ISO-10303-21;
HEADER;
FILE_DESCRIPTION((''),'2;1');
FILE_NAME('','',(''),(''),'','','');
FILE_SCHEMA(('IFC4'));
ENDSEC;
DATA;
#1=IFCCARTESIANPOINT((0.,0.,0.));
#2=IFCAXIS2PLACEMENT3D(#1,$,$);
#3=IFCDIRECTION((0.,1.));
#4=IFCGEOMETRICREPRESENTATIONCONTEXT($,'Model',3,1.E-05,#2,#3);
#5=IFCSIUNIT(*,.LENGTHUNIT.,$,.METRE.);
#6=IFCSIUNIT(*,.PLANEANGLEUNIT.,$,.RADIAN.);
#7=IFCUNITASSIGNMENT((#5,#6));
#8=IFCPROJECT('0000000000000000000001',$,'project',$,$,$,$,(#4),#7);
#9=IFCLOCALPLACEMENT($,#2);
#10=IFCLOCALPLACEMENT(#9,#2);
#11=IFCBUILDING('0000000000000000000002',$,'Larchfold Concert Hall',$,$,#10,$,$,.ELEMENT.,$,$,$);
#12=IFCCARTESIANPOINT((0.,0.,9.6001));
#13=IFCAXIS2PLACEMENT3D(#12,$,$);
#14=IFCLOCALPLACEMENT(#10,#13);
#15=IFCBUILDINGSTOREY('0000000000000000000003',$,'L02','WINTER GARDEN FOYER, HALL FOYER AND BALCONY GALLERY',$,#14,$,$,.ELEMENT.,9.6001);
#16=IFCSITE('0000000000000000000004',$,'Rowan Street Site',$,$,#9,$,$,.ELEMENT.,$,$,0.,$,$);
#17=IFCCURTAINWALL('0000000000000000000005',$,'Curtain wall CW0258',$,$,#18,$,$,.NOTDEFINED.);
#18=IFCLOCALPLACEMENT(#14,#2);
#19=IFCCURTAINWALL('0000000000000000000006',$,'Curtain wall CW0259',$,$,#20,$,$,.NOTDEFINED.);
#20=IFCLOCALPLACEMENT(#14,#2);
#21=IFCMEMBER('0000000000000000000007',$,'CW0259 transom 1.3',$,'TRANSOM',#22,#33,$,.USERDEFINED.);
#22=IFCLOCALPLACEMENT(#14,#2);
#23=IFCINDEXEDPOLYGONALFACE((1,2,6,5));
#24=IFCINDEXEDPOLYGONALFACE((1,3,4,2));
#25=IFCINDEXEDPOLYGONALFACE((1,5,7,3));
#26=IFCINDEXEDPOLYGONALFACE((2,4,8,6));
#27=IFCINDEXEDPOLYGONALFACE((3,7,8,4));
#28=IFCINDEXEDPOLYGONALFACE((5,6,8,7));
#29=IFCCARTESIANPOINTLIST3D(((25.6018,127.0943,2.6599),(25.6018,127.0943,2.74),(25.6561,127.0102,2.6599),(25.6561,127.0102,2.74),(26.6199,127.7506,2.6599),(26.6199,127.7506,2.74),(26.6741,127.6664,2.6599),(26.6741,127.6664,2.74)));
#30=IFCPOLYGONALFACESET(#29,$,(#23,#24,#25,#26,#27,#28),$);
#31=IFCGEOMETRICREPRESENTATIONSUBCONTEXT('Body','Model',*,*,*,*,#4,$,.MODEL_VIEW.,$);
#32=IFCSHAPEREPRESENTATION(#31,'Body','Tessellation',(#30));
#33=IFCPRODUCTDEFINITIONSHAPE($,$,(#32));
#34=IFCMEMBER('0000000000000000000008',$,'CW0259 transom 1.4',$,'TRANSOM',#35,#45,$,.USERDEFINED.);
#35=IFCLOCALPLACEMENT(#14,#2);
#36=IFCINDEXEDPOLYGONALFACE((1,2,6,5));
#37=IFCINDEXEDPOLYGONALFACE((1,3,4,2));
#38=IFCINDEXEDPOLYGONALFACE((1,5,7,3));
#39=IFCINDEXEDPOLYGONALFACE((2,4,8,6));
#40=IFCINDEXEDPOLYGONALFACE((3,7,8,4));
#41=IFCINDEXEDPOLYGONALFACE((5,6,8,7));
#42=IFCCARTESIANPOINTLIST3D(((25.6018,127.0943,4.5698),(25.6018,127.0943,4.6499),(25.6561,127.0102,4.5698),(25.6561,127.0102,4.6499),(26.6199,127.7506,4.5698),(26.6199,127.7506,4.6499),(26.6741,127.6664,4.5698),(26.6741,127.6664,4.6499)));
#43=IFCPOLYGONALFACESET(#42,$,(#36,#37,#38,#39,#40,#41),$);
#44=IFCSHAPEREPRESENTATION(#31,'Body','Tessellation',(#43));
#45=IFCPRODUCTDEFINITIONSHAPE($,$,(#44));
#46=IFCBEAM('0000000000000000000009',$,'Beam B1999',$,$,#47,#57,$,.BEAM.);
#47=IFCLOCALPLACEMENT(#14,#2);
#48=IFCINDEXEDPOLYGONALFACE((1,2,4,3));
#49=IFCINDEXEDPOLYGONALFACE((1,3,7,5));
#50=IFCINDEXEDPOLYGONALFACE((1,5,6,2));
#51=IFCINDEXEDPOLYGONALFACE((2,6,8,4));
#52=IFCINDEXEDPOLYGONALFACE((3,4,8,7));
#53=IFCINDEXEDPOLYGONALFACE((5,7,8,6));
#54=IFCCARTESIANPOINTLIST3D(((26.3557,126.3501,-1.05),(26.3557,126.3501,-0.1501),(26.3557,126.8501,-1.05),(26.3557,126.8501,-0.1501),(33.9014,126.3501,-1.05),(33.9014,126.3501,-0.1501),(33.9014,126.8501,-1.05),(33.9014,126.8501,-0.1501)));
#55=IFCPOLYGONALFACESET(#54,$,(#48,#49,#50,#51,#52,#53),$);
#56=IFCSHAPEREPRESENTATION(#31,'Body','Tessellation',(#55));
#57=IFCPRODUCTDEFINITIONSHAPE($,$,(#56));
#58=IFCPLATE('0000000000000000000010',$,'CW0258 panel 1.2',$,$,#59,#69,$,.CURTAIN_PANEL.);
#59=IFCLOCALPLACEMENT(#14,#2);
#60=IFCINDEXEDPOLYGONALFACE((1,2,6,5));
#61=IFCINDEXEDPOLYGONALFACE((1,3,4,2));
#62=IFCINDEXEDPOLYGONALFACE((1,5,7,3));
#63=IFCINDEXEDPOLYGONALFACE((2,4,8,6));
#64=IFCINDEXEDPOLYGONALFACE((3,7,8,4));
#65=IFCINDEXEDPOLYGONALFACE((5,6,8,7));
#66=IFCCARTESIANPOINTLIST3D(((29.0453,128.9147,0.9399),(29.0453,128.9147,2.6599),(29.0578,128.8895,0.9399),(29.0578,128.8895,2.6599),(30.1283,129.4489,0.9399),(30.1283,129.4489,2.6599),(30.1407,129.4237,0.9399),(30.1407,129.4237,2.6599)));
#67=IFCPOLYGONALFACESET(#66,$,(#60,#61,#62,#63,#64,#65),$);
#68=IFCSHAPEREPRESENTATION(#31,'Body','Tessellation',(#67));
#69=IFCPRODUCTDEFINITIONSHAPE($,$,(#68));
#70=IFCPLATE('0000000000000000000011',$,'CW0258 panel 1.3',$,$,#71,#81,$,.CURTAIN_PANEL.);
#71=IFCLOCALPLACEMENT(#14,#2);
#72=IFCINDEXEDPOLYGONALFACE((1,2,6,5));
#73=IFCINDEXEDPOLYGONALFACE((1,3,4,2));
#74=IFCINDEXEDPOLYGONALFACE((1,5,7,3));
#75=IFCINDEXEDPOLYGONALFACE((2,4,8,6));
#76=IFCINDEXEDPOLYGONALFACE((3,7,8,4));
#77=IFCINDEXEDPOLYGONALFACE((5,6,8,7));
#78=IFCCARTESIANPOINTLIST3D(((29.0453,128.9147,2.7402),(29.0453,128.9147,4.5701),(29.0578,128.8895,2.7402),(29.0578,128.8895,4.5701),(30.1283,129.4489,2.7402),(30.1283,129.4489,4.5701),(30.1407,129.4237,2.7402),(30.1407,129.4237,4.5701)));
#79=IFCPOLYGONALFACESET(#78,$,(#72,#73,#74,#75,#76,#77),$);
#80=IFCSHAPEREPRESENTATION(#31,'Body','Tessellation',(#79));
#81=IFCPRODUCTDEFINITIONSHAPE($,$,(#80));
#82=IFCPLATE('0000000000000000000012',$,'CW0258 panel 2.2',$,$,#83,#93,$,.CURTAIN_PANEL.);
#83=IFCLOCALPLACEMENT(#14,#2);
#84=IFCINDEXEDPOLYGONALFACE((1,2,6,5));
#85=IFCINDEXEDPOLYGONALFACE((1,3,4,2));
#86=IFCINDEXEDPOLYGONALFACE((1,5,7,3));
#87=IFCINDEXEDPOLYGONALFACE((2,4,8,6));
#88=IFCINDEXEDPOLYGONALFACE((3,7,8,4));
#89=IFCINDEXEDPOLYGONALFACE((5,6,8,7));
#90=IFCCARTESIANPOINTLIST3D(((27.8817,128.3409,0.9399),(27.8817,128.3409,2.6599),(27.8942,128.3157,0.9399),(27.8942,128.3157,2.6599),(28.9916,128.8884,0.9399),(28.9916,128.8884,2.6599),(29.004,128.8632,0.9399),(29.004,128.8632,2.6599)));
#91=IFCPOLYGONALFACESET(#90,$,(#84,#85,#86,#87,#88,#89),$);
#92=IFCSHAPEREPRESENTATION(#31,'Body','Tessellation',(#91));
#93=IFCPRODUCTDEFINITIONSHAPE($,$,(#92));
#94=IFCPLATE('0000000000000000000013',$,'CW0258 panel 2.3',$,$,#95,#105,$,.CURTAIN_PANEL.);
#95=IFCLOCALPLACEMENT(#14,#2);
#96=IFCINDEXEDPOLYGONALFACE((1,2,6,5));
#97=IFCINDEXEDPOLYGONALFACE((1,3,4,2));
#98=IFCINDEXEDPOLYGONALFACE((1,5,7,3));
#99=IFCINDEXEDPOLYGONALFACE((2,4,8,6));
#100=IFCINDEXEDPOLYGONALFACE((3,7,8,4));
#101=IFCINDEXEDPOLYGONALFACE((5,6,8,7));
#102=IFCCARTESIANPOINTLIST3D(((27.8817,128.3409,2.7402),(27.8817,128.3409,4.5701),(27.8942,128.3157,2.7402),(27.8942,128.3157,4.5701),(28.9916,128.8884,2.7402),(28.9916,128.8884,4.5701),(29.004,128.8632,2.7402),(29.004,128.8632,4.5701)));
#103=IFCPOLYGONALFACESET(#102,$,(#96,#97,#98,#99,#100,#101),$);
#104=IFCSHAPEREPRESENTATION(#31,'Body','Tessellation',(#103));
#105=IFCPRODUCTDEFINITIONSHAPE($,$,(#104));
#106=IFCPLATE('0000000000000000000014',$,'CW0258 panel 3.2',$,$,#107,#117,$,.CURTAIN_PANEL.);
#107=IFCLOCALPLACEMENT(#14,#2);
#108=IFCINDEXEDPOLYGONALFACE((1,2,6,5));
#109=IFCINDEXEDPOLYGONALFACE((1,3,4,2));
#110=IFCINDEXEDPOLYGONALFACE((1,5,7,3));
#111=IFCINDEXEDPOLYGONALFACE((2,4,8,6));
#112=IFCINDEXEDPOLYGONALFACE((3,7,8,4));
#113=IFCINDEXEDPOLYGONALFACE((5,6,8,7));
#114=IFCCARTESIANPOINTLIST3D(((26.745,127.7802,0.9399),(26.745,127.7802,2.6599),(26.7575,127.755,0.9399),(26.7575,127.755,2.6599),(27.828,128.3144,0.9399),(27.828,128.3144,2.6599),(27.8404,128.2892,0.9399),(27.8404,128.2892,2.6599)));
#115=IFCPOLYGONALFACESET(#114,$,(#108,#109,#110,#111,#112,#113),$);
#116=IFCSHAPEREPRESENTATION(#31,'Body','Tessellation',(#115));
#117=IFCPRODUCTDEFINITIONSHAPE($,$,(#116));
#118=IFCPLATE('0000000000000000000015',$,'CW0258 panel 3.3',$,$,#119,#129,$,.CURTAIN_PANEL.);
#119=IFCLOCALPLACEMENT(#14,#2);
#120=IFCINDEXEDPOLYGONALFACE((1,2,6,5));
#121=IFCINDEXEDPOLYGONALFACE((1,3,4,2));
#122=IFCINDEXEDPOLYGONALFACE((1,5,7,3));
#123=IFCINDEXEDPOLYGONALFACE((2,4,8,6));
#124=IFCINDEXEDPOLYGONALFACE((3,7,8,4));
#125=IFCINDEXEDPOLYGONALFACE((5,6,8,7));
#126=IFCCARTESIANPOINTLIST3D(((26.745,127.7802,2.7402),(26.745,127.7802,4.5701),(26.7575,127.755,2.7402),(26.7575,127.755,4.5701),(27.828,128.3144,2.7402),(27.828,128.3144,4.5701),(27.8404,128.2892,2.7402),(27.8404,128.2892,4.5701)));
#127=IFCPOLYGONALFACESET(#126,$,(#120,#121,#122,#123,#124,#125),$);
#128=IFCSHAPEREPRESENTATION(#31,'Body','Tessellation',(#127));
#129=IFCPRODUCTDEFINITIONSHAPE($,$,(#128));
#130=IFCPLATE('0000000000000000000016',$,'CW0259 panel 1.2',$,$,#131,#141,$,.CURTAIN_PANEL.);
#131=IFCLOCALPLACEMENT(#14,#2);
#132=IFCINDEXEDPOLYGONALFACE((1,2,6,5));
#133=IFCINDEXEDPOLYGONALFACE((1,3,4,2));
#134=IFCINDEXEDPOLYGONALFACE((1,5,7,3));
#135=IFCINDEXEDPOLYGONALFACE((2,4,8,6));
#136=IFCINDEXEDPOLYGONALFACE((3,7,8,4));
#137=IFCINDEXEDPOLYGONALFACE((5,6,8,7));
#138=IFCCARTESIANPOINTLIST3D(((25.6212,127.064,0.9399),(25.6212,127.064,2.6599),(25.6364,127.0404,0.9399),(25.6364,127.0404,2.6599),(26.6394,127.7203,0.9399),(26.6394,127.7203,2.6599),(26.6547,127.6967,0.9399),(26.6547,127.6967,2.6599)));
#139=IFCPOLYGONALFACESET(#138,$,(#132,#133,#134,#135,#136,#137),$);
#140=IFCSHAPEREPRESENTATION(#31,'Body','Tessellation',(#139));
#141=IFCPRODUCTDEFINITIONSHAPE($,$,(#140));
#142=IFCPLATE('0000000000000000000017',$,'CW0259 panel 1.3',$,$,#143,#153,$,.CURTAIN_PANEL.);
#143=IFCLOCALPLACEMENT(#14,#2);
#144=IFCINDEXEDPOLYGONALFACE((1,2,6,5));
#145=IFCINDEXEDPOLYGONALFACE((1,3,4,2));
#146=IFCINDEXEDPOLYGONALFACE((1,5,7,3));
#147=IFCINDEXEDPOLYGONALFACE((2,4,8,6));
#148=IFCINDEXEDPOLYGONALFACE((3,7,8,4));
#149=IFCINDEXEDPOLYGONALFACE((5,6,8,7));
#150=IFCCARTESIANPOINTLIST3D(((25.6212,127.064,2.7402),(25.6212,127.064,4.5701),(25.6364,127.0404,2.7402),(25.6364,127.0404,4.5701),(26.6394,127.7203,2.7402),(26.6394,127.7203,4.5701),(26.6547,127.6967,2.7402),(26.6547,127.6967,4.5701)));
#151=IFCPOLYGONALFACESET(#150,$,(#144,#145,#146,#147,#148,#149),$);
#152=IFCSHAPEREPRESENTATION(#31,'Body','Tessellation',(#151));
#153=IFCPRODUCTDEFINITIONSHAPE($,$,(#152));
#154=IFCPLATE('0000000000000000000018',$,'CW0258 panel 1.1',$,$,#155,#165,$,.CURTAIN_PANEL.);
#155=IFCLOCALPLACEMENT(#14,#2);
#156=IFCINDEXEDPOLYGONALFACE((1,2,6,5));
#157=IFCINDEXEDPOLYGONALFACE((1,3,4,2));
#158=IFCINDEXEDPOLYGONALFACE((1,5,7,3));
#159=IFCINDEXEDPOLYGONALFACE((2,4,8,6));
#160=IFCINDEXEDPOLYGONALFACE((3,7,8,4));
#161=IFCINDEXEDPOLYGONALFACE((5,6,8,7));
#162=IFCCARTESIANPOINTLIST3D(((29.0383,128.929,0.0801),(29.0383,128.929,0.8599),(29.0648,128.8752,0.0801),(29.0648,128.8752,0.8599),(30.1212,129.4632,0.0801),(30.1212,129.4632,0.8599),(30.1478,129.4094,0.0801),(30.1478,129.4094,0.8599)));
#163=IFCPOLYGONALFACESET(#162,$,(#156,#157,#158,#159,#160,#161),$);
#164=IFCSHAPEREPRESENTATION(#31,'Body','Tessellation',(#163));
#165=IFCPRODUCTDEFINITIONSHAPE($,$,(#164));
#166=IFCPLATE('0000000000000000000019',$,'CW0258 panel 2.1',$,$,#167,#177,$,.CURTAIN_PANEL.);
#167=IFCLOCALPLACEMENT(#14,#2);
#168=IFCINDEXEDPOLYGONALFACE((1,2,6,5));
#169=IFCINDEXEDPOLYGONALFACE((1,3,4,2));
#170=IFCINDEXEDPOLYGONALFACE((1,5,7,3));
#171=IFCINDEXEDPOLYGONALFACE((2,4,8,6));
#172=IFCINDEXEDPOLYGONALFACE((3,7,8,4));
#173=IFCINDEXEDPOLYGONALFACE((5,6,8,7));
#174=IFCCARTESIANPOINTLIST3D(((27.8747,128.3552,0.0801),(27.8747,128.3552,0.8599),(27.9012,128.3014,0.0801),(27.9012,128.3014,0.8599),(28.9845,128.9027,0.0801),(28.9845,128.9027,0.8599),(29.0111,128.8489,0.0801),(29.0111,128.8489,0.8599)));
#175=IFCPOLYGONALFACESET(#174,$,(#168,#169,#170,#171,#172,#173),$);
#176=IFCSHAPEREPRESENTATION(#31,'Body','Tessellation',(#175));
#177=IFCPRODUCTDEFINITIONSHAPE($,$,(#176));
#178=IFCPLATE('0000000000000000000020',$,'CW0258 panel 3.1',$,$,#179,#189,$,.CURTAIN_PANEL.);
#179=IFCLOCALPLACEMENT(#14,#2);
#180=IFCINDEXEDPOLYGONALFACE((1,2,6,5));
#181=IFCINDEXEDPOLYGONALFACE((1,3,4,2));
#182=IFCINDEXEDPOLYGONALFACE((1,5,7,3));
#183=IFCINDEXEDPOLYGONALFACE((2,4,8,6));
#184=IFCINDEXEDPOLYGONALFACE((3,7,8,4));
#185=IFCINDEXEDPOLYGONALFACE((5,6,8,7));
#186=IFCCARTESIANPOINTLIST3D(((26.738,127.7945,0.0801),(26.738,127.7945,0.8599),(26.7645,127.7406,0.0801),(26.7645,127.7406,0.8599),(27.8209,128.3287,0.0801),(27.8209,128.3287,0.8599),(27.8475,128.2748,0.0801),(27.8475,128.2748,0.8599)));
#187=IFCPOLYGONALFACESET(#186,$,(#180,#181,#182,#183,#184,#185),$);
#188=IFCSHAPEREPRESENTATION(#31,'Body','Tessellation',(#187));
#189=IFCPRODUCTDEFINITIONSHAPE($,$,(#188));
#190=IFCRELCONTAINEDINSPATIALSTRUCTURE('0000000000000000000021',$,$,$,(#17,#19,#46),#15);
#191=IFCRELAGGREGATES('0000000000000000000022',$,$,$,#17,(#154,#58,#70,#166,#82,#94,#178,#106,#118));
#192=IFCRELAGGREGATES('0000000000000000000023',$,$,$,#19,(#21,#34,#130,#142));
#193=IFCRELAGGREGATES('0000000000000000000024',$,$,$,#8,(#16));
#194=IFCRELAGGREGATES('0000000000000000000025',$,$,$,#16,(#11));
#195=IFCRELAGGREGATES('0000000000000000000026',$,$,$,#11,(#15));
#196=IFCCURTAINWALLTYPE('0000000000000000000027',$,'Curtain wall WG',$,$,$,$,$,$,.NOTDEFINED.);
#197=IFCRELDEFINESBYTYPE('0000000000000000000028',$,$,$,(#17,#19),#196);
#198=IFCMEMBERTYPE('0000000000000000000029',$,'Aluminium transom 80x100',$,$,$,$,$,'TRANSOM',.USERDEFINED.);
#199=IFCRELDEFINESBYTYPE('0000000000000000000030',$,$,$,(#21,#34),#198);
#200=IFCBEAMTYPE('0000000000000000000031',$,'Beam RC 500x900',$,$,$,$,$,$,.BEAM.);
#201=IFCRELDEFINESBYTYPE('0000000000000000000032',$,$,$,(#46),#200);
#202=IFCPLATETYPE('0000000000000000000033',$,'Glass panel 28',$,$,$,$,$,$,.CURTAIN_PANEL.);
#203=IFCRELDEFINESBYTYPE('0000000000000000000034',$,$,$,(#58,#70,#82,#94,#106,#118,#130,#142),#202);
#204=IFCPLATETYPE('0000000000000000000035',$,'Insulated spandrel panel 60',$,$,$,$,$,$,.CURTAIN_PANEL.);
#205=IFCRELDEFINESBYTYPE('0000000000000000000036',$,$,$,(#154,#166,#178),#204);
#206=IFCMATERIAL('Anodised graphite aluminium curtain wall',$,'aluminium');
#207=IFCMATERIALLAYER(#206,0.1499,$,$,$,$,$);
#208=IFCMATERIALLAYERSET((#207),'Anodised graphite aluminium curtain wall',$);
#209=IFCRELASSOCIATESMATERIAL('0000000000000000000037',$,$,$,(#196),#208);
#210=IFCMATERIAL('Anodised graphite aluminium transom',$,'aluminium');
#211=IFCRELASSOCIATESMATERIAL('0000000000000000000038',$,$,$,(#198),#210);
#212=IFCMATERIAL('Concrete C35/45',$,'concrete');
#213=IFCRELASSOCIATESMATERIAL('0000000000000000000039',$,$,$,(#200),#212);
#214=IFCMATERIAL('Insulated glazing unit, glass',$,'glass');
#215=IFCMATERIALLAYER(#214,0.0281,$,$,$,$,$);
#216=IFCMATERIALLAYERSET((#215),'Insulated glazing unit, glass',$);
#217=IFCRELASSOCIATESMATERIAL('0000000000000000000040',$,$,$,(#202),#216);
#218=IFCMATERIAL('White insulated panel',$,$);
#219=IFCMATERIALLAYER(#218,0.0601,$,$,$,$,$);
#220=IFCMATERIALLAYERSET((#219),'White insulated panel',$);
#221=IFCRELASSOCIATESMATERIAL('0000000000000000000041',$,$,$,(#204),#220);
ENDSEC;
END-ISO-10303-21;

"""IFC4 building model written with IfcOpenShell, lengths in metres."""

from ifc_helpers import new_model, si_unit, direction, frame, origin, origin_2d, place, context, subcontext, project, spatial, rectangle, extrude, material, layer, layer_set, material_profile, profile_set, type_object, element, aggregate, save


model = new_model("IFC4")

# Units and contexts
model_context = context("Model", 3, precision=1e-05, world=origin(), true_north=direction((0.0, 1.0)))
body_context = subcontext(model_context, "Body", "Model", "MODEL_VIEW")
ifc_project = project(units=[si_unit("LENGTHUNIT", "METRE"), si_unit("PLANEANGLEUNIT", "RADIAN")], contexts=[model_context])

# Site, building, storey
site_placement = place(None, origin())
site = spatial("IfcSite", under=ifc_project, at=site_placement, Name="Rowan Street Site", CompositionType="ELEMENT", RefElevation=0.0)
building_placement = place(site_placement, origin())
building = spatial("IfcBuilding", under=site, at=building_placement, Name="Larchfold Concert Hall", CompositionType="ELEMENT")
storey_placement = place(building_placement, frame((0.0, 0.0, 9.6001)))
storey = spatial("IfcBuildingStorey", under=building, at=storey_placement, Name="L02", Description="WINTER GARDEN FOYER, HALL FOYER AND BALCONY GALLERY", CompositionType="ELEMENT", Elevation=9.6001)

# Curtain wall
ifc_material_1 = material(Name="Anodised graphite aluminium curtain wall", Category="aluminium")
ifc_layer_1 = layer(ifc_material_1, 0.1499)
ifc_layer_set_1 = layer_set([ifc_layer_1], Name="Anodised graphite aluminium curtain wall")
curtain_wall_type = type_object("IfcCurtainWallType", Name="Curtain wall WG", PredefinedType="NOTDEFINED", material=ifc_layer_set_1)
curtain_wall_1_placement = place(storey_placement, origin())
curtain_wall_1 = element("IfcCurtainWall", 1, at=curtain_wall_1_placement, inside=storey, type_object=curtain_wall_type, Name="Curtain wall CW0258", PredefinedType="NOTDEFINED")

# Curtain wall
curtain_wall_2_placement = place(storey_placement, origin())
curtain_wall_2 = element("IfcCurtainWall", 2, at=curtain_wall_2_placement, inside=storey, type_object=curtain_wall_type, Name="Curtain wall CW0259", PredefinedType="NOTDEFINED")

# Members
ifc_material_2 = material(Name="Anodised graphite aluminium transom", Category="aluminium")
ifc_material_profile_1 = material_profile(ifc_material_2, rectangle(XDim=0.1001, YDim=0.0801, at=origin_2d()))
ifc_profile_set_1 = profile_set([ifc_material_profile_1], Name="Anodised graphite aluminium transom")
member_type_1 = type_object("IfcMemberType", Name="Aluminium transom 80x100", ElementType="TRANSOM", PredefinedType="USERDEFINED", material=ifc_profile_set_1)
member_1_placement = place(storey_placement, frame((26.647, 127.7085, 2.7), z_axis=(-0.84051, -0.541796, 0.0), x_axis=(0.541796, -0.84051, 0.0)))
member_1 = element("IfcMember", 3, at=member_1_placement, type_object=member_type_1, Name="CW0259 transom 1.3", ObjectType="TRANSOM", PredefinedType="USERDEFINED", context=body_context, shape_type="SweptSolid", body=[
    extrude(rectangle(XDim=0.1001, YDim=0.0801, at=origin_2d()), origin(), (0.0, 0.0, 1.0), 1.2112),
])
member_2_placement = place(storey_placement, frame((26.647, 127.7085, 4.6099), z_axis=(-0.84051, -0.541796, 0.0), x_axis=(0.541796, -0.84051, 0.0)))
member_2 = element("IfcMember", 4, at=member_2_placement, type_object=member_type_1, Name="CW0259 transom 1.4", ObjectType="TRANSOM", PredefinedType="USERDEFINED", context=body_context, shape_type="SweptSolid", body=[
    extrude(rectangle(XDim=0.1001, YDim=0.0801, at=origin_2d()), origin(), (0.0, 0.0, 1.0), 1.2112),
])

# Beam
ifc_material_3 = material(Name="Concrete C35/45", Category="concrete")
ifc_material_profile_2 = material_profile(ifc_material_3, rectangle(XDim=0.5, YDim=0.8999, at=origin_2d()))
ifc_profile_set_2 = profile_set([ifc_material_profile_2], Name="Concrete C35/45")
beam_type = type_object("IfcBeamType", Name="Beam RC 500x900", PredefinedType="BEAM", material=ifc_profile_set_2)
beam_placement = place(storey_placement, frame((26.3557, 126.6001, -0.6001), z_axis=(1.0, 0.0, 0.0), x_axis=(0.0, 1.0, 0.0)))
element("IfcBeam", 5, at=beam_placement, inside=storey, type_object=beam_type, Name="Beam B1999", PredefinedType="BEAM", context=body_context, shape_type="SweptSolid", body=[
    extrude(rectangle(XDim=0.5, YDim=0.8999, at=origin_2d()), origin(), (0.0, 0.0, 1.0), 7.5457),
])

# Plates
ifc_material_4 = material(Name="Insulated glazing unit, glass", Category="glass")
ifc_layer_2 = layer(ifc_material_4, 0.0281)
ifc_layer_set_2 = layer_set([ifc_layer_2], Name="Insulated glazing unit, glass")
plate_type_1 = type_object("IfcPlateType", Name="Glass panel 28", PredefinedType="CURTAIN_PANEL", material=ifc_layer_set_2)
plate_1_placement = place(storey_placement, frame((29.593, 129.1692, 0.9399), z_axis=(0.0, 0.0, 1.0), x_axis=(-0.896823, -0.44239, 0.0)))
plate_1 = element("IfcPlate", 6, at=plate_1_placement, type_object=plate_type_1, Name="CW0258 panel 1.2", PredefinedType="CURTAIN_PANEL", context=body_context, shape_type="SweptSolid", body=[
    extrude(rectangle(XDim=1.2075, YDim=0.0281, at=origin_2d()), origin(), (0.0, 0.0, 1.0), 1.72),
])
plate_2_placement = place(storey_placement, frame((29.593, 129.1692, 2.7402), z_axis=(0.0, 0.0, 1.0), x_axis=(-0.896823, -0.44239, 0.0)))
plate_2 = element("IfcPlate", 7, at=plate_2_placement, type_object=plate_type_1, Name="CW0258 panel 1.3", PredefinedType="CURTAIN_PANEL", context=body_context, shape_type="SweptSolid", body=[
    extrude(rectangle(XDim=1.2075, YDim=0.0281, at=origin_2d()), origin(), (0.0, 0.0, 1.0), 1.8298),
])
plate_3_placement = place(storey_placement, frame((28.4429, 128.6021, 0.9399), z_axis=(0.0, 0.0, 1.0), x_axis=(-0.896823, -0.44239, 0.0)))
plate_3 = element("IfcPlate", 8, at=plate_3_placement, type_object=plate_type_1, Name="CW0258 panel 2.2", PredefinedType="CURTAIN_PANEL", context=body_context, shape_type="SweptSolid", body=[
    extrude(rectangle(XDim=1.2375, YDim=0.0281, at=origin_2d()), origin(), (0.0, 0.0, 1.0), 1.72),
])
plate_4_placement = place(storey_placement, frame((28.4429, 128.6021, 2.7402), z_axis=(0.0, 0.0, 1.0), x_axis=(-0.896823, -0.44239, 0.0)))
plate_4 = element("IfcPlate", 9, at=plate_4_placement, type_object=plate_type_1, Name="CW0258 panel 2.3", PredefinedType="CURTAIN_PANEL", context=body_context, shape_type="SweptSolid", body=[
    extrude(rectangle(XDim=1.2375, YDim=0.0281, at=origin_2d()), origin(), (0.0, 0.0, 1.0), 1.8298),
])
plate_5_placement = place(storey_placement, frame((27.2927, 128.0347, 0.9399), z_axis=(0.0, 0.0, 1.0), x_axis=(-0.896823, -0.44239, 0.0)))
plate_5 = element("IfcPlate", 10, at=plate_5_placement, type_object=plate_type_1, Name="CW0258 panel 3.2", PredefinedType="CURTAIN_PANEL", context=body_context, shape_type="SweptSolid", body=[
    extrude(rectangle(XDim=1.2075, YDim=0.0281, at=origin_2d()), origin(), (0.0, 0.0, 1.0), 1.72),
])
plate_6_placement = place(storey_placement, frame((27.2927, 128.0347, 2.7402), z_axis=(0.0, 0.0, 1.0), x_axis=(-0.896823, -0.44239, 0.0)))
plate_6 = element("IfcPlate", 11, at=plate_6_placement, type_object=plate_type_1, Name="CW0258 panel 3.3", PredefinedType="CURTAIN_PANEL", context=body_context, shape_type="SweptSolid", body=[
    extrude(rectangle(XDim=1.2075, YDim=0.0281, at=origin_2d()), origin(), (0.0, 0.0, 1.0), 1.8298),
])
plate_7_placement = place(storey_placement, frame((26.1379, 127.3804, 0.9399), z_axis=(0.0, 0.0, 1.0), x_axis=(-0.840513, -0.541791, 0.0)))
plate_7 = element("IfcPlate", 12, at=plate_7_placement, type_object=plate_type_1, Name="CW0259 panel 1.2", PredefinedType="CURTAIN_PANEL", context=body_context, shape_type="SweptSolid", body=[
    extrude(rectangle(XDim=1.2114, YDim=0.0281, at=origin_2d()), origin(), (0.0, 0.0, 1.0), 1.72),
])
plate_8_placement = place(storey_placement, frame((26.1379, 127.3804, 2.7402), z_axis=(0.0, 0.0, 1.0), x_axis=(-0.840513, -0.541791, 0.0)))
plate_8 = element("IfcPlate", 13, at=plate_8_placement, type_object=plate_type_1, Name="CW0259 panel 1.3", PredefinedType="CURTAIN_PANEL", context=body_context, shape_type="SweptSolid", body=[
    extrude(rectangle(XDim=1.2114, YDim=0.0281, at=origin_2d()), origin(), (0.0, 0.0, 1.0), 1.8298),
])
ifc_material_5 = material(Name="White insulated panel")
ifc_layer_3 = layer(ifc_material_5, 0.0601)
ifc_layer_set_3 = layer_set([ifc_layer_3], Name="White insulated panel")
plate_type_2 = type_object("IfcPlateType", Name="Insulated spandrel panel 60", PredefinedType="CURTAIN_PANEL", material=ifc_layer_set_3)
plate_9_placement = place(storey_placement, frame((29.593, 129.1692, 0.0801), z_axis=(0.0, 0.0, 1.0), x_axis=(-0.896823, -0.44239, 0.0)))
plate_9 = element("IfcPlate", 14, at=plate_9_placement, type_object=plate_type_2, Name="CW0258 panel 1.1", PredefinedType="CURTAIN_PANEL", context=body_context, shape_type="SweptSolid", body=[
    extrude(rectangle(XDim=1.2075, YDim=0.0601, at=origin_2d()), origin(), (0.0, 0.0, 1.0), 0.7798),
])
plate_10_placement = place(storey_placement, frame((28.4429, 128.6021, 0.0801), z_axis=(0.0, 0.0, 1.0), x_axis=(-0.896823, -0.44239, 0.0)))
plate_10 = element("IfcPlate", 15, at=plate_10_placement, type_object=plate_type_2, Name="CW0258 panel 2.1", PredefinedType="CURTAIN_PANEL", context=body_context, shape_type="SweptSolid", body=[
    extrude(rectangle(XDim=1.2375, YDim=0.0601, at=origin_2d()), origin(), (0.0, 0.0, 1.0), 0.7798),
])
plate_11_placement = place(storey_placement, frame((27.2927, 128.0347, 0.0801), z_axis=(0.0, 0.0, 1.0), x_axis=(-0.896823, -0.44239, 0.0)))
plate_11 = element("IfcPlate", 16, at=plate_11_placement, type_object=plate_type_2, Name="CW0258 panel 3.1", PredefinedType="CURTAIN_PANEL", context=body_context, shape_type="SweptSolid", body=[
    extrude(rectangle(XDim=1.2075, YDim=0.0601, at=origin_2d()), origin(), (0.0, 0.0, 1.0), 0.7798),
])
aggregate(curtain_wall_1, [plate_9, plate_1, plate_2, plate_10, plate_3, plate_4, plate_11, plate_5, plate_6])
aggregate(curtain_wall_2, [member_1, member_2, plate_7, plate_8])

save(model, "model.ifc")
